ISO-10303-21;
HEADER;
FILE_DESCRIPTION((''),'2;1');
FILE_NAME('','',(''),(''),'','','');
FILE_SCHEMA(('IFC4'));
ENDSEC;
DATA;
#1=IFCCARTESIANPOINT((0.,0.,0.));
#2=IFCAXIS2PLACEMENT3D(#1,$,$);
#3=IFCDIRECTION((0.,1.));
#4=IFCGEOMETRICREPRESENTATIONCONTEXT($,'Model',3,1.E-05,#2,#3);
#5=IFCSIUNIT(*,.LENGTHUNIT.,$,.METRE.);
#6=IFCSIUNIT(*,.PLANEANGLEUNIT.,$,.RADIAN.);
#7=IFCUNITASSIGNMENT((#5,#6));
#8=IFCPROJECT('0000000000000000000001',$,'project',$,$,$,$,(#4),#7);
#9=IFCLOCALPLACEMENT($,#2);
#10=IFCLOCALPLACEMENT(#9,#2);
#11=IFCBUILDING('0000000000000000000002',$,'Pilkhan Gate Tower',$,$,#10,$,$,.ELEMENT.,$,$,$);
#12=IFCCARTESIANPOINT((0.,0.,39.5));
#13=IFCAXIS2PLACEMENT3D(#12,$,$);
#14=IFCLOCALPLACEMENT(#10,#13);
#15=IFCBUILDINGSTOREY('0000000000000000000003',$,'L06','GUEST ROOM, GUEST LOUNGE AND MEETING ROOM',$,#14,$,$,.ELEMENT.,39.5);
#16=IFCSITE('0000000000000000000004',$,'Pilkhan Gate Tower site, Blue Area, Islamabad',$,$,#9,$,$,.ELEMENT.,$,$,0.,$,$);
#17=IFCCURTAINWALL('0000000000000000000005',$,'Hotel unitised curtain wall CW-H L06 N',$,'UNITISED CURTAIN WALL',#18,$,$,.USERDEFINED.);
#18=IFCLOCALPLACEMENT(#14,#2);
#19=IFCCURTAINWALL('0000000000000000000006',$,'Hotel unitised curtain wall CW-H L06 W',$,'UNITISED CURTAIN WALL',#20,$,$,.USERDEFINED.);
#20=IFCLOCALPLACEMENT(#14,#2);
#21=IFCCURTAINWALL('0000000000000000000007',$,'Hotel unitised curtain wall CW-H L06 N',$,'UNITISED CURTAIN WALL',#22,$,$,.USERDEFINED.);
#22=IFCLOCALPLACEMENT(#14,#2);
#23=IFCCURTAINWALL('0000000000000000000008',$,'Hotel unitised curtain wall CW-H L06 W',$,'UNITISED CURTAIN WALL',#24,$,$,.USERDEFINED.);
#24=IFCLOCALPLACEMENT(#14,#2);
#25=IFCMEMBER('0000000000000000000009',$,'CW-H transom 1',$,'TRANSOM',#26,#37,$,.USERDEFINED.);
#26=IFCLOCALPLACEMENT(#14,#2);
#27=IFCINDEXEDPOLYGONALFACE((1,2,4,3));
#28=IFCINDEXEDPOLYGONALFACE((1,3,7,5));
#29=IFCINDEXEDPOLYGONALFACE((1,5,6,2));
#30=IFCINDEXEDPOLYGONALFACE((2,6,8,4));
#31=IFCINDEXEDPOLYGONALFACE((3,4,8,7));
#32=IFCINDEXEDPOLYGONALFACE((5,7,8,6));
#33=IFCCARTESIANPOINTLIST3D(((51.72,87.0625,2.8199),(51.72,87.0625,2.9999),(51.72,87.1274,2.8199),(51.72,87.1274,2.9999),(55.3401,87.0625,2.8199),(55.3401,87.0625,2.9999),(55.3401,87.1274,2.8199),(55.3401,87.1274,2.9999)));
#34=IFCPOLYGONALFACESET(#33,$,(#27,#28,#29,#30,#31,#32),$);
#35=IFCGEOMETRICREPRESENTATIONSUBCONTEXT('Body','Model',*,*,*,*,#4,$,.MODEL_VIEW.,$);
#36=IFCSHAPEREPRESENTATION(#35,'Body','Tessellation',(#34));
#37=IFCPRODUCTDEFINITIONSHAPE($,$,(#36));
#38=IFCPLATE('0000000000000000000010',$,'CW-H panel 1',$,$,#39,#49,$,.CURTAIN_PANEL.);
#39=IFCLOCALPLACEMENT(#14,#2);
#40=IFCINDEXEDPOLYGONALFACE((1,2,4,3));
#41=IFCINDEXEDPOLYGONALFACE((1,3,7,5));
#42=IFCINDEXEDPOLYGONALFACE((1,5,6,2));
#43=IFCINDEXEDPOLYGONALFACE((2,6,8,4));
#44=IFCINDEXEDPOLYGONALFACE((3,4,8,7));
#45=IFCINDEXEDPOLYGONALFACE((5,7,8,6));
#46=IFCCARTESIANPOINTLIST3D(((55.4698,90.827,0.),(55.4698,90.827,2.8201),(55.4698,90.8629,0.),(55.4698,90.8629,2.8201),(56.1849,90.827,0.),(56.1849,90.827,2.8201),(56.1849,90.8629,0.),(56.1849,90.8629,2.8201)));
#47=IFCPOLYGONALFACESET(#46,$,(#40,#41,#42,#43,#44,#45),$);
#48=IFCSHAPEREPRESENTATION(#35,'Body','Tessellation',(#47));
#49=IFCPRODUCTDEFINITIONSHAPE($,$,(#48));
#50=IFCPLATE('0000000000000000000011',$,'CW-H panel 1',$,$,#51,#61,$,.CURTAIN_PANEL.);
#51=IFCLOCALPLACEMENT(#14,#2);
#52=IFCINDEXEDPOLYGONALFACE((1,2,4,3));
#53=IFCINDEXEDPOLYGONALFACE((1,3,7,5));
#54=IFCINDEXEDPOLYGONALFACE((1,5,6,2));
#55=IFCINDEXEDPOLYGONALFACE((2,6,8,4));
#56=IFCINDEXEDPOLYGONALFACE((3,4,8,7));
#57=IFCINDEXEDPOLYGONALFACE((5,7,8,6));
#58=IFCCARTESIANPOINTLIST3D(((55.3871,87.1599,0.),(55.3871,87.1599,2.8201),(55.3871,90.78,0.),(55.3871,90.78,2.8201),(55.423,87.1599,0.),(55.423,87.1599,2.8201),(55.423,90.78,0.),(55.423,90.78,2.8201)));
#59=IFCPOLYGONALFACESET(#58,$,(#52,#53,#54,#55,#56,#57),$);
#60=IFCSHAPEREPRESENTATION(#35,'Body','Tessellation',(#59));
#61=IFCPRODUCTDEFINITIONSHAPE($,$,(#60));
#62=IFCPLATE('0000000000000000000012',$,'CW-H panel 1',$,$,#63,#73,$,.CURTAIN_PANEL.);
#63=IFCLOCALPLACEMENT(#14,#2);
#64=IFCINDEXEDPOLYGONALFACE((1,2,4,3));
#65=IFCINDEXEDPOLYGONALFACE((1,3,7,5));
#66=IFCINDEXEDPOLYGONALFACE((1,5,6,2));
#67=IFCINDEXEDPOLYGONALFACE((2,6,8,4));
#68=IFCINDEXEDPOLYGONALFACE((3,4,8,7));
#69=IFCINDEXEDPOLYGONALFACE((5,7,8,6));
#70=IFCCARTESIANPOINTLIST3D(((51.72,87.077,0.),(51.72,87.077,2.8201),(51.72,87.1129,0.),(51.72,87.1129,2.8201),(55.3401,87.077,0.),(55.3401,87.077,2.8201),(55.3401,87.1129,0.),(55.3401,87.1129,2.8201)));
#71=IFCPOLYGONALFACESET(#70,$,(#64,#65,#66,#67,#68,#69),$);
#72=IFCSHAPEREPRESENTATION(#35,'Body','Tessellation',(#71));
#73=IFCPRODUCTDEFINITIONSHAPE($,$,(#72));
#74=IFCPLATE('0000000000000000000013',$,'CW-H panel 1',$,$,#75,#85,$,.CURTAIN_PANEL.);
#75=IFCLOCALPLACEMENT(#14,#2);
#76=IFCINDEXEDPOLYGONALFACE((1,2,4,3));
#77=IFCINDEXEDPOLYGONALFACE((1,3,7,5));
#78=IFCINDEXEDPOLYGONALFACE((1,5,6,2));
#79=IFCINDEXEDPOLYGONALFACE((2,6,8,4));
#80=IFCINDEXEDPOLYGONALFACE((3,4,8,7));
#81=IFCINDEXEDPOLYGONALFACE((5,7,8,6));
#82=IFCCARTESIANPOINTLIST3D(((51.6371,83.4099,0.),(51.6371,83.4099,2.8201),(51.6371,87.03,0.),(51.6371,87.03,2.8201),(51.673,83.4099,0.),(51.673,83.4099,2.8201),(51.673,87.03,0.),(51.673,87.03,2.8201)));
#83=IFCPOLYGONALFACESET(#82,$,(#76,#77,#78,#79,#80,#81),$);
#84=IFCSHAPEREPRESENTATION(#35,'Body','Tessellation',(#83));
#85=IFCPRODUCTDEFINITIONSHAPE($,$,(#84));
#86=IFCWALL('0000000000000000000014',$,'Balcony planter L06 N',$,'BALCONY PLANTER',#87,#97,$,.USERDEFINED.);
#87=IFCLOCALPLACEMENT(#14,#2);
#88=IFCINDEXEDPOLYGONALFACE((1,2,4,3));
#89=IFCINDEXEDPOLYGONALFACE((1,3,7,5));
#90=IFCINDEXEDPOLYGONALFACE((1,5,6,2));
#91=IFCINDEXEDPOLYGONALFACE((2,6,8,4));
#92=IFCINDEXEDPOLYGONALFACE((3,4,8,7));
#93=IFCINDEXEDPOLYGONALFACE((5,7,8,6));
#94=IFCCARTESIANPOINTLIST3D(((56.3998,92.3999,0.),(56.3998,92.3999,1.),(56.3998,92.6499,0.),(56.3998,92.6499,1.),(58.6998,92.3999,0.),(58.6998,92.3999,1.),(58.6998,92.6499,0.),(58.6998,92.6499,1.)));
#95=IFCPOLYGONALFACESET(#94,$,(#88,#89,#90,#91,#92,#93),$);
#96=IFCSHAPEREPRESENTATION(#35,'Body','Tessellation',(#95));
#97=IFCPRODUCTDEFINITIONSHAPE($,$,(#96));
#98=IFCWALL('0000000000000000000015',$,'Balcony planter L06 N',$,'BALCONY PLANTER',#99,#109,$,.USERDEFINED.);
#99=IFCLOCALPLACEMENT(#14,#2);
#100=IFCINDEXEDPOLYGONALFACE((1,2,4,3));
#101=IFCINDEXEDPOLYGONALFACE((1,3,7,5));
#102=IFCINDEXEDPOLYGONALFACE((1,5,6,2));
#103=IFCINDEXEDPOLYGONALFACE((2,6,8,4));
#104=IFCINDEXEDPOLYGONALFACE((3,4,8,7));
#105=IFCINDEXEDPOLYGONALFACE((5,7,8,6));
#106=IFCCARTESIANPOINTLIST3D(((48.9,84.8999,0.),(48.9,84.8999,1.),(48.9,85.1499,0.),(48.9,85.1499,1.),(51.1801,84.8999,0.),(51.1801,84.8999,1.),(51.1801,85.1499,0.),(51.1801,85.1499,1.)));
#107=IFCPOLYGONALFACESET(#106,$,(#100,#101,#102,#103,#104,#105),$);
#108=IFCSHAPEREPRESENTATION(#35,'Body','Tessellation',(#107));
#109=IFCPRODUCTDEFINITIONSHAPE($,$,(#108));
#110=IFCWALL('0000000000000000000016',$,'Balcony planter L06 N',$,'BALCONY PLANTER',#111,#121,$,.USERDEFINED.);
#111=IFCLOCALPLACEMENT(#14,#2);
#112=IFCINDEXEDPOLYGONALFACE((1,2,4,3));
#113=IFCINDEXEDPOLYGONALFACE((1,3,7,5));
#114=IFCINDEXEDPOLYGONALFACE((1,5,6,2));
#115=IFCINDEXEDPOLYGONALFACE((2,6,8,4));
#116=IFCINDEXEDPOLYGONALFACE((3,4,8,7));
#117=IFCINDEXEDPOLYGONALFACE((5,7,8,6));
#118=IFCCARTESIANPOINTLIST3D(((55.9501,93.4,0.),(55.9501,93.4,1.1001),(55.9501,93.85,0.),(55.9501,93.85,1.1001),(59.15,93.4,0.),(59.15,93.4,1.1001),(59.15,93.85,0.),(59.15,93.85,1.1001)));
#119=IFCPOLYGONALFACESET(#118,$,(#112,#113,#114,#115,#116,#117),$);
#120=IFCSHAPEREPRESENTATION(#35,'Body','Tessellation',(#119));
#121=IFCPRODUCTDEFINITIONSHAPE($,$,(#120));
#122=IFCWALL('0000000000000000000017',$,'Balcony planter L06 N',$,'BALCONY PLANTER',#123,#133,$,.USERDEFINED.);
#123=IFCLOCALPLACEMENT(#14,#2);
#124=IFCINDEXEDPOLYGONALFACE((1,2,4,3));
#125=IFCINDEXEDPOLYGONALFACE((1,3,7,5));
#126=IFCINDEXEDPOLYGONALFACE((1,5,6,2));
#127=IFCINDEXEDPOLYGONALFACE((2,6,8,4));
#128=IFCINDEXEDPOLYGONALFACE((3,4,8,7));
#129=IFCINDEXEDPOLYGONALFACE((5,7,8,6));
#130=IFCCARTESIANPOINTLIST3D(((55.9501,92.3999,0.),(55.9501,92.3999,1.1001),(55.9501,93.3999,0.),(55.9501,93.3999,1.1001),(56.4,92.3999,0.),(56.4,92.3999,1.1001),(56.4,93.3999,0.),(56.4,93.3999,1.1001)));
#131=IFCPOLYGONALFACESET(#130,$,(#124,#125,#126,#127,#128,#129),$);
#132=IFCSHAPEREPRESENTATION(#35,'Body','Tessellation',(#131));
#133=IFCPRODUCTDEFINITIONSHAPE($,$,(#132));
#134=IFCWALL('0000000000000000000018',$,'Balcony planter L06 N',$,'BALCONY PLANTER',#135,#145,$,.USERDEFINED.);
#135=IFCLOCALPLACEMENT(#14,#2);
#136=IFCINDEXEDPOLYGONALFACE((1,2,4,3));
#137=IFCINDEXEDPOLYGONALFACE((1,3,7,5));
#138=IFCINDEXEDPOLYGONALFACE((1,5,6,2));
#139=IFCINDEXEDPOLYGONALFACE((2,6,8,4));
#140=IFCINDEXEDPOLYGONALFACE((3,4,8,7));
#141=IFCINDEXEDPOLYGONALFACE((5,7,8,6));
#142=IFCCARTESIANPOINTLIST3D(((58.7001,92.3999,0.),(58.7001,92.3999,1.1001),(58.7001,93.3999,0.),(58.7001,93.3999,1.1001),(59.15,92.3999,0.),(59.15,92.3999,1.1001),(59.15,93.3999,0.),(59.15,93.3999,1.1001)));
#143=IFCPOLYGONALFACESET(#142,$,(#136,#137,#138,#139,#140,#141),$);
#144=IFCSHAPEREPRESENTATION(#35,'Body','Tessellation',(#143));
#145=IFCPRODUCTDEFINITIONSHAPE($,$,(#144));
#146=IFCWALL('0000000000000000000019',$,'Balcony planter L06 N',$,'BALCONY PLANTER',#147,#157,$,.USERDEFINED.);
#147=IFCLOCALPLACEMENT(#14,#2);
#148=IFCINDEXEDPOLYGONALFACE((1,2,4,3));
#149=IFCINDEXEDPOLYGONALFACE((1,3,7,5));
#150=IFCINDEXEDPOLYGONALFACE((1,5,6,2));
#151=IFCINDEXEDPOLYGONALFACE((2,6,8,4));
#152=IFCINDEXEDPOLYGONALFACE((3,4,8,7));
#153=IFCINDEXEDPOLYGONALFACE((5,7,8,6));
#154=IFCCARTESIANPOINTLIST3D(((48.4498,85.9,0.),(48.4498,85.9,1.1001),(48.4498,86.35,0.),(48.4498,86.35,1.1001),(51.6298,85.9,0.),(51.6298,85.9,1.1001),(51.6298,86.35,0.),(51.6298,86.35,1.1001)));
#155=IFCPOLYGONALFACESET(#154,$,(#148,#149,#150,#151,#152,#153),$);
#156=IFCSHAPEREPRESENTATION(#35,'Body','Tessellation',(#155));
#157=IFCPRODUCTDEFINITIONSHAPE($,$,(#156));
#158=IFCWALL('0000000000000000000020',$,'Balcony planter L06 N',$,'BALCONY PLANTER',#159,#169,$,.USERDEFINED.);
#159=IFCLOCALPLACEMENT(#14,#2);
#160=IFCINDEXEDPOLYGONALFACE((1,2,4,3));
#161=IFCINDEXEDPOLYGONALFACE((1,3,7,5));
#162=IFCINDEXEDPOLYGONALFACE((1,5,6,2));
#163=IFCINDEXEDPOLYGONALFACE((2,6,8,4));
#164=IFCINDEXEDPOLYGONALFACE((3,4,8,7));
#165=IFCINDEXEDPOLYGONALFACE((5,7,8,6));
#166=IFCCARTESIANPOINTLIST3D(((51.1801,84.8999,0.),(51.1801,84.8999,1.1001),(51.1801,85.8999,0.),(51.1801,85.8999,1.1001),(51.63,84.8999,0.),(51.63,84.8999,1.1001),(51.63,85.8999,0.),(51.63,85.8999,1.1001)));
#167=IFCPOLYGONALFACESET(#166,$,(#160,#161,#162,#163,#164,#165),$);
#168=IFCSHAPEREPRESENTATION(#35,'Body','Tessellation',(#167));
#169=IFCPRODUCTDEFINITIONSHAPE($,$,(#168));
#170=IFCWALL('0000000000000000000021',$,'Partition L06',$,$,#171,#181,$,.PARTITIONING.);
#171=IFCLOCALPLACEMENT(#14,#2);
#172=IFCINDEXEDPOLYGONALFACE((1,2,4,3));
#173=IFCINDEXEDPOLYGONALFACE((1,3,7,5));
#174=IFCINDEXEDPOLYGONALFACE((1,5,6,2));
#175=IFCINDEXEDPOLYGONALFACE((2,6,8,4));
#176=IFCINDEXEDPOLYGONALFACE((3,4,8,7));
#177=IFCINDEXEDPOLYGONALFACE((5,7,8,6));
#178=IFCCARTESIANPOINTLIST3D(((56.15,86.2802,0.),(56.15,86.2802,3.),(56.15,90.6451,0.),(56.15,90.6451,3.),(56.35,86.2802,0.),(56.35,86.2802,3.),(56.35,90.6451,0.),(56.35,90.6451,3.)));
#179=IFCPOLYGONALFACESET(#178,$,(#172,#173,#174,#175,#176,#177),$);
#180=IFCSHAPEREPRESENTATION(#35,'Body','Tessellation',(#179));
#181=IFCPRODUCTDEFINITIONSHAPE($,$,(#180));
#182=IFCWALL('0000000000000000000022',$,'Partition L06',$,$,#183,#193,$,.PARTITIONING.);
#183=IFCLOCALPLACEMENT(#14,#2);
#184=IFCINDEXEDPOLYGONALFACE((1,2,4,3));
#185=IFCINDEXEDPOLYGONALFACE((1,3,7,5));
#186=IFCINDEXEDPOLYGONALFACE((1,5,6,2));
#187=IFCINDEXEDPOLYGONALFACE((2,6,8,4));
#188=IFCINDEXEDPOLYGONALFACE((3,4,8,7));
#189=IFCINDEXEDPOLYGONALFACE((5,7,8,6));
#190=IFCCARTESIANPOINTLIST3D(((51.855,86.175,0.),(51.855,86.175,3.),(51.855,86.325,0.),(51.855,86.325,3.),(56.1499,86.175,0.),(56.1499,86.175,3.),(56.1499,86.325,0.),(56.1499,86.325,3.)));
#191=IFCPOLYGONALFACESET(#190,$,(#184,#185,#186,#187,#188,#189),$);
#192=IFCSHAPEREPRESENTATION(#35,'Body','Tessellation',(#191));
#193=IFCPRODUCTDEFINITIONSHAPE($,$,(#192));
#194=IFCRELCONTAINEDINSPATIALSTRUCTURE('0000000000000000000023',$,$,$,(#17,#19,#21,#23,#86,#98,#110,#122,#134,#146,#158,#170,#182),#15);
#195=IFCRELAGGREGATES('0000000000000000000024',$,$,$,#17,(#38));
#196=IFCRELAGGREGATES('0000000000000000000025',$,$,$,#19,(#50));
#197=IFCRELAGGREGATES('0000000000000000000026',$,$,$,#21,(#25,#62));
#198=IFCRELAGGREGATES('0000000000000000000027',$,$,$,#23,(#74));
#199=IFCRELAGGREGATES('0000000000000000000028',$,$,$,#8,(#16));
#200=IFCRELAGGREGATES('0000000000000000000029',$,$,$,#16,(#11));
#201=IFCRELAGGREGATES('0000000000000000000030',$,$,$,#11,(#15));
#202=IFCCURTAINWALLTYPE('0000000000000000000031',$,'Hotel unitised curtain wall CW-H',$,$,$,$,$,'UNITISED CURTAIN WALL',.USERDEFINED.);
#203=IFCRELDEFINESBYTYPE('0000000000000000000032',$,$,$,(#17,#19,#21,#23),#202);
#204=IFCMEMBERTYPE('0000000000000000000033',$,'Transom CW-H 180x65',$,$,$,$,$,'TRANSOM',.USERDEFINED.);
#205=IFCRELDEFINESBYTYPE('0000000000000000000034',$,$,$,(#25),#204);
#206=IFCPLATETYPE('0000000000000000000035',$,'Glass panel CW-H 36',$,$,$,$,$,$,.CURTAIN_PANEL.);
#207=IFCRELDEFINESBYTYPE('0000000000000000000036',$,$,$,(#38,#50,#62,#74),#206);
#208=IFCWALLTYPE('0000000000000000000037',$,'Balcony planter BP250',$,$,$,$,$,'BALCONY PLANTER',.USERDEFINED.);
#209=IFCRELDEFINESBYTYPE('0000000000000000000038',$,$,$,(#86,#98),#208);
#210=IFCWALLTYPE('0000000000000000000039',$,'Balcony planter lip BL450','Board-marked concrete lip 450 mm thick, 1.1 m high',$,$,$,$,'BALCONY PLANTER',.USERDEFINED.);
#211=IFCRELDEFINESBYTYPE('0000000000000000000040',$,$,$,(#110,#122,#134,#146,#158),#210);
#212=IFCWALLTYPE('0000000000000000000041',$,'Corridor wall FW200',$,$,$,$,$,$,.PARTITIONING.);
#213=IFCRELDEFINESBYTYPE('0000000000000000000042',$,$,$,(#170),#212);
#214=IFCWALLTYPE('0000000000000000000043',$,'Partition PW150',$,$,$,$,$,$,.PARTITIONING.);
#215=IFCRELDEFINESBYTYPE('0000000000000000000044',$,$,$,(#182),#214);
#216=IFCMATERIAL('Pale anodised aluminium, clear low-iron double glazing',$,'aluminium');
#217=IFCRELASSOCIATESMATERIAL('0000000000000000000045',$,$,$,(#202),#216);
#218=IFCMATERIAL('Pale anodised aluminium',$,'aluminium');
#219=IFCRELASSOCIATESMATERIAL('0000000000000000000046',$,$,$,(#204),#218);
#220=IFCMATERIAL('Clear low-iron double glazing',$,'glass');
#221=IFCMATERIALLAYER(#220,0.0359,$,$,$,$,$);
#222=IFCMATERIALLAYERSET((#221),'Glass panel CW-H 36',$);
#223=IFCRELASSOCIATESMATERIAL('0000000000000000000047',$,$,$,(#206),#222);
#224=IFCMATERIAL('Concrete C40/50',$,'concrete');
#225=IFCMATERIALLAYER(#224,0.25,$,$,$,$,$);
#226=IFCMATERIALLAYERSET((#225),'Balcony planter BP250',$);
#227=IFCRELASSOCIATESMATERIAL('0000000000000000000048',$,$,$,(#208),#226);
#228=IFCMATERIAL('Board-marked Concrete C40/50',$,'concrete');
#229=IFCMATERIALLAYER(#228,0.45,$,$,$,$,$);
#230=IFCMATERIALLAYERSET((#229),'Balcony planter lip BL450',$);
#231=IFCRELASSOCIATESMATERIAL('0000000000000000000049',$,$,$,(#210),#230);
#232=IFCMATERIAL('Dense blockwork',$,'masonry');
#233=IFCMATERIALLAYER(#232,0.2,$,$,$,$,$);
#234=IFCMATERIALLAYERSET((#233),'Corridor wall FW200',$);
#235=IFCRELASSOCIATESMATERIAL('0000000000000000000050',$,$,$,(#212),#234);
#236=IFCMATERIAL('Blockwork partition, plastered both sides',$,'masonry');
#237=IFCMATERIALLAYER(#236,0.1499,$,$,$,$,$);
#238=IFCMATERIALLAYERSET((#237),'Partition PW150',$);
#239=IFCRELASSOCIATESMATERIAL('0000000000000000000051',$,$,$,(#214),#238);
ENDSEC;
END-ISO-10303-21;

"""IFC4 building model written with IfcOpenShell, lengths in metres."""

from ifc_helpers import new_model, si_unit, direction, frame, frame_2d, origin, origin_2d, place, context, subcontext, project, spatial, rectangle, extrude, material, layer, layer_set, material_profile, profile_set, type_object, element, aggregate, save


model = new_model("IFC4")

# Units and contexts
model_context = context("Model", 3, precision=1e-05, world=origin(), true_north=direction((0.0, 1.0)))
body_context = subcontext(model_context, "Body", "Model", "MODEL_VIEW")
ifc_project = project(units=[si_unit("LENGTHUNIT", "METRE"), si_unit("PLANEANGLEUNIT", "RADIAN")], contexts=[model_context])

# Site, building, storey
site_placement = place(None, origin())
site = spatial("IfcSite", under=ifc_project, at=site_placement, Name="Pilkhan Gate Tower site, Blue Area, Islamabad", CompositionType="ELEMENT", RefElevation=0.0)
building_placement = place(site_placement, origin())
building = spatial("IfcBuilding", under=site, at=building_placement, Name="Pilkhan Gate Tower", CompositionType="ELEMENT")
storey_placement = place(building_placement, frame((0.0, 0.0, 39.5)))
storey = spatial("IfcBuildingStorey", under=building, at=storey_placement, Name="L06", Description="GUEST ROOM, GUEST LOUNGE AND MEETING ROOM", CompositionType="ELEMENT", Elevation=39.5)

# Curtain walls
ifc_material_1 = material(Name="Pale anodised aluminium, clear low-iron double glazing", Category="aluminium")
curtain_wall_type = type_object("IfcCurtainWallType", Name="Hotel unitised curtain wall CW-H", ElementType="UNITISED CURTAIN WALL", PredefinedType="USERDEFINED", material=ifc_material_1)
curtain_wall_1_placement = place(storey_placement, origin())
curtain_wall_1 = element("IfcCurtainWall", 1, at=curtain_wall_1_placement, inside=storey, type_object=curtain_wall_type, Name="Hotel unitised curtain wall CW-H L06 N", ObjectType="UNITISED CURTAIN WALL", PredefinedType="USERDEFINED")
ifc_material_2 = material(Name="Pale anodised aluminium", Category="aluminium")
curtain_wall_2_placement = place(storey_placement, origin())
curtain_wall_2 = element("IfcCurtainWall", 2, at=curtain_wall_2_placement, inside=storey, type_object=curtain_wall_type, Name="Hotel unitised curtain wall CW-H L06 W", ObjectType="UNITISED CURTAIN WALL", PredefinedType="USERDEFINED")
curtain_wall_3_placement = place(storey_placement, origin())
curtain_wall_3 = element("IfcCurtainWall", 3, at=curtain_wall_3_placement, inside=storey, type_object=curtain_wall_type, Name="Hotel unitised curtain wall CW-H L06 N", ObjectType="UNITISED CURTAIN WALL", PredefinedType="USERDEFINED")

# Curtain wall
curtain_wall_4_placement = place(storey_placement, origin())
curtain_wall_4 = element("IfcCurtainWall", 4, at=curtain_wall_4_placement, inside=storey, type_object=curtain_wall_type, Name="Hotel unitised curtain wall CW-H L06 W", ObjectType="UNITISED CURTAIN WALL", PredefinedType="USERDEFINED")

# Member
ifc_material_profile_1 = material_profile(ifc_material_2, rectangle(XDim=0.0649, YDim=0.1799, at=origin_2d()), Name="Transom 180x65")
ifc_profile_set_1 = profile_set([ifc_material_profile_1], Name="Pale anodised aluminium")
member_type_1 = type_object("IfcMemberType", Name="Transom CW-H 180x65", ElementType="TRANSOM", PredefinedType="USERDEFINED", material=ifc_profile_set_1)
member_1_placement = place(storey_placement, frame((51.72, 87.095, 2.9099), z_axis=(1.0, 0.0, 0.0), x_axis=(0.0, 1.0, 0.0)))
member_1 = element("IfcMember", 5, at=member_1_placement, type_object=member_type_1, Name="CW-H transom 1", ObjectType="TRANSOM", PredefinedType="USERDEFINED", context=body_context, shape_type="SweptSolid", body=[
    extrude(rectangle(XDim=0.0649, YDim=0.1799, at=origin_2d()), origin(), (0.0, 0.0, 1.0), 3.6201),
])

# Plates
ifc_material_3 = material(Name="Clear low-iron double glazing", Category="glass")
ifc_layer_1 = layer(ifc_material_3, 0.0359)
ifc_layer_set_1 = layer_set([ifc_layer_1], Name="Glass panel CW-H 36")
plate_type = type_object("IfcPlateType", Name="Glass panel CW-H 36", PredefinedType="CURTAIN_PANEL", material=ifc_layer_set_1)
plate_1_placement = place(storey_placement, frame((55.8274, 90.845, 0.0), z_axis=(0.0, 0.0, 1.0), x_axis=(1.0, 0.0, 0.0)))
plate_1 = element("IfcPlate", 6, at=plate_1_placement, type_object=plate_type, Name="CW-H panel 1", PredefinedType="CURTAIN_PANEL", context=body_context, shape_type="SweptSolid", body=[
    extrude(rectangle(XDim=0.7151, YDim=0.0359, at=origin_2d()), origin(), (0.0, 0.0, 1.0), 2.8201),
])
aggregate(curtain_wall_1, [plate_1])
plate_2_placement = place(storey_placement, frame((55.405, 88.97, 0.0), z_axis=(0.0, 0.0, 1.0), x_axis=(0.0, 1.0, 0.0)))
plate_2 = element("IfcPlate", 7, at=plate_2_placement, type_object=plate_type, Name="CW-H panel 1", PredefinedType="CURTAIN_PANEL", context=body_context, shape_type="SweptSolid", body=[
    extrude(rectangle(XDim=3.6201, YDim=0.0359, at=origin_2d()), origin(), (0.0, 0.0, 1.0), 2.8201),
])
aggregate(curtain_wall_2, [plate_2])
plate_3_placement = place(storey_placement, frame((53.53, 87.095, 0.0), z_axis=(0.0, 0.0, 1.0), x_axis=(1.0, 0.0, 0.0)))
plate_3 = element("IfcPlate", 8, at=plate_3_placement, type_object=plate_type, Name="CW-H panel 1", PredefinedType="CURTAIN_PANEL", context=body_context, shape_type="SweptSolid", body=[
    extrude(rectangle(XDim=3.6201, YDim=0.0359, at=origin_2d()), origin(), (0.0, 0.0, 1.0), 2.8201),
])
aggregate(curtain_wall_3, [member_1, plate_3])
plate_4_placement = place(storey_placement, frame((51.655, 85.22, 0.0), z_axis=(0.0, 0.0, 1.0), x_axis=(0.0, 1.0, 0.0)))
plate_4 = element("IfcPlate", 9, at=plate_4_placement, type_object=plate_type, Name="CW-H panel 1", PredefinedType="CURTAIN_PANEL", context=body_context, shape_type="SweptSolid", body=[
    extrude(rectangle(XDim=3.6201, YDim=0.0359, at=origin_2d()), origin(), (0.0, 0.0, 1.0), 2.8201),
])
aggregate(curtain_wall_4, [plate_4])

# Walls
ifc_material_4 = material(Name="Concrete C40/50", Category="concrete")
ifc_layer_2 = layer(ifc_material_4, 0.25)
ifc_layer_set_2 = layer_set([ifc_layer_2], Name="Balcony planter BP250")
wall_type_1 = type_object("IfcWallType", Name="Balcony planter BP250", ElementType="BALCONY PLANTER", PredefinedType="USERDEFINED", material=ifc_layer_set_2)
wall_1_placement = place(storey_placement, frame((56.3999, 92.5249, 0.0), z_axis=(0.0, 0.0, 1.0), x_axis=(1.0, 0.0, 0.0)))
element("IfcWall", 10, at=wall_1_placement, inside=storey, type_object=wall_type_1, Name="Balcony planter L06 N", ObjectType="BALCONY PLANTER", PredefinedType="USERDEFINED", context=body_context, shape_type="SweptSolid", body=[
    extrude(rectangle(XDim=2.3, YDim=0.25, at=frame_2d((1.1499, 0.0))), origin(), (0.0, 0.0, 1.0), 1.0),
])
wall_2_placement = place(storey_placement, frame((48.8999, 85.0249, 0.0), z_axis=(0.0, 0.0, 1.0), x_axis=(1.0, 0.0, 0.0)))
element("IfcWall", 11, at=wall_2_placement, inside=storey, type_object=wall_type_1, Name="Balcony planter L06 N", ObjectType="BALCONY PLANTER", PredefinedType="USERDEFINED", context=body_context, shape_type="SweptSolid", body=[
    extrude(rectangle(XDim=2.28, YDim=0.25, at=frame_2d((1.1401, 0.0))), origin(), (0.0, 0.0, 1.0), 1.0),
])
ifc_material_5 = material(Name="Board-marked Concrete C40/50", Category="concrete")
ifc_layer_3 = layer(ifc_material_5, 0.45)
ifc_layer_set_3 = layer_set([ifc_layer_3], Name="Balcony planter lip BL450")
wall_type_2 = type_object("IfcWallType", Name="Balcony planter lip BL450", Description="Board-marked concrete lip 450 mm thick, 1.1 m high", ElementType="BALCONY PLANTER", PredefinedType="USERDEFINED", material=ifc_layer_set_3)
wall_3_placement = place(storey_placement, frame((55.95, 93.625, 0.0), z_axis=(0.0, 0.0, 1.0), x_axis=(1.0, 0.0, 0.0)))
element("IfcWall", 12, at=wall_3_placement, inside=storey, type_object=wall_type_2, Name="Balcony planter L06 N", ObjectType="BALCONY PLANTER", PredefinedType="USERDEFINED", context=body_context, shape_type="SweptSolid", body=[
    extrude(rectangle(XDim=3.2, YDim=0.45, at=frame_2d((1.6001, 0.0))), origin(), (0.0, 0.0, 1.0), 1.1001),
])
for number, where, z_axis, x_axis, name in (
    (13, (56.175, 92.3999, 0.0), (0.0, 0.0, 1.0), (0.0, 1.0, 0.0), "Balcony planter L06 N"),
    (14, (58.925, 92.3999, 0.0), (0.0, 0.0, 1.0), (0.0, 1.0, 0.0), "Balcony planter L06 N"),
):
    element("IfcWall", number, at=place(storey_placement, frame(where, z_axis=z_axis, x_axis=x_axis)), inside=storey, type_object=wall_type_2, Name=name, ObjectType="BALCONY PLANTER", PredefinedType="USERDEFINED", context=body_context, shape_type="SweptSolid", body=[
        extrude(rectangle(XDim=1.0, YDim=0.45, at=frame_2d((0.5, 0.0))), origin(), (0.0, 0.0, 1.0), 1.1001),
    ])
wall_4_placement = place(storey_placement, frame((48.45, 86.125, 0.0), z_axis=(0.0, 0.0, 1.0), x_axis=(1.0, 0.0, 0.0)))
element("IfcWall", 15, at=wall_4_placement, inside=storey, type_object=wall_type_2, Name="Balcony planter L06 N", ObjectType="BALCONY PLANTER", PredefinedType="USERDEFINED", context=body_context, shape_type="SweptSolid", body=[
    extrude(rectangle(XDim=3.1799, YDim=0.45, at=frame_2d((1.5898, 0.0))), origin(), (0.0, 0.0, 1.0), 1.1001),
])
wall_5_placement = place(storey_placement, frame((51.405, 84.8999, 0.0), z_axis=(0.0, 0.0, 1.0), x_axis=(0.0, 1.0, 0.0)))
element("IfcWall", 16, at=wall_5_placement, inside=storey, type_object=wall_type_2, Name="Balcony planter L06 N", ObjectType="BALCONY PLANTER", PredefinedType="USERDEFINED", context=body_context, shape_type="SweptSolid", body=[
    extrude(rectangle(XDim=1.0, YDim=0.45, at=frame_2d((0.5, 0.0))), origin(), (0.0, 0.0, 1.0), 1.1001),
])
ifc_material_6 = material(Name="Dense blockwork", Category="masonry")
ifc_layer_4 = layer(ifc_material_6, 0.2)
ifc_layer_set_4 = layer_set([ifc_layer_4], Name="Corridor wall FW200")
wall_type_3 = type_object("IfcWallType", Name="Corridor wall FW200", PredefinedType="PARTITIONING", material=ifc_layer_set_4)
wall_6_placement = place(storey_placement, frame((56.25, 86.28, 0.0), z_axis=(0.0, 0.0, 1.0), x_axis=(0.0, 1.0, 0.0)))
element("IfcWall", 17, at=wall_6_placement, inside=storey, type_object=wall_type_3, Name="Partition L06", PredefinedType="PARTITIONING", context=body_context, shape_type="SweptSolid", body=[
    extrude(rectangle(XDim=4.365, YDim=0.2, at=frame_2d((2.1826, 0.0))), origin(), (0.0, 0.0, 1.0), 3.0),
])

# Wall
ifc_material_7 = material(Name="Blockwork partition, plastered both sides", Category="masonry")
ifc_layer_5 = layer(ifc_material_7, 0.1499)
ifc_layer_set_5 = layer_set([ifc_layer_5], Name="Partition PW150")
wall_type_4 = type_object("IfcWallType", Name="Partition PW150", PredefinedType="PARTITIONING", material=ifc_layer_set_5)
wall_7_placement = place(storey_placement, frame((51.855, 86.25, 0.0), z_axis=(0.0, 0.0, 1.0), x_axis=(1.0, 0.0, 0.0)))
element("IfcWall", 18, at=wall_7_placement, inside=storey, type_object=wall_type_4, Name="Partition L06", PredefinedType="PARTITIONING", context=body_context, shape_type="SweptSolid", body=[
    extrude(rectangle(XDim=4.2949, YDim=0.1499, at=frame_2d((2.1475, 0.0))), origin(), (0.0, 0.0, 1.0), 3.0),
])

save(model, "model.ifc")
